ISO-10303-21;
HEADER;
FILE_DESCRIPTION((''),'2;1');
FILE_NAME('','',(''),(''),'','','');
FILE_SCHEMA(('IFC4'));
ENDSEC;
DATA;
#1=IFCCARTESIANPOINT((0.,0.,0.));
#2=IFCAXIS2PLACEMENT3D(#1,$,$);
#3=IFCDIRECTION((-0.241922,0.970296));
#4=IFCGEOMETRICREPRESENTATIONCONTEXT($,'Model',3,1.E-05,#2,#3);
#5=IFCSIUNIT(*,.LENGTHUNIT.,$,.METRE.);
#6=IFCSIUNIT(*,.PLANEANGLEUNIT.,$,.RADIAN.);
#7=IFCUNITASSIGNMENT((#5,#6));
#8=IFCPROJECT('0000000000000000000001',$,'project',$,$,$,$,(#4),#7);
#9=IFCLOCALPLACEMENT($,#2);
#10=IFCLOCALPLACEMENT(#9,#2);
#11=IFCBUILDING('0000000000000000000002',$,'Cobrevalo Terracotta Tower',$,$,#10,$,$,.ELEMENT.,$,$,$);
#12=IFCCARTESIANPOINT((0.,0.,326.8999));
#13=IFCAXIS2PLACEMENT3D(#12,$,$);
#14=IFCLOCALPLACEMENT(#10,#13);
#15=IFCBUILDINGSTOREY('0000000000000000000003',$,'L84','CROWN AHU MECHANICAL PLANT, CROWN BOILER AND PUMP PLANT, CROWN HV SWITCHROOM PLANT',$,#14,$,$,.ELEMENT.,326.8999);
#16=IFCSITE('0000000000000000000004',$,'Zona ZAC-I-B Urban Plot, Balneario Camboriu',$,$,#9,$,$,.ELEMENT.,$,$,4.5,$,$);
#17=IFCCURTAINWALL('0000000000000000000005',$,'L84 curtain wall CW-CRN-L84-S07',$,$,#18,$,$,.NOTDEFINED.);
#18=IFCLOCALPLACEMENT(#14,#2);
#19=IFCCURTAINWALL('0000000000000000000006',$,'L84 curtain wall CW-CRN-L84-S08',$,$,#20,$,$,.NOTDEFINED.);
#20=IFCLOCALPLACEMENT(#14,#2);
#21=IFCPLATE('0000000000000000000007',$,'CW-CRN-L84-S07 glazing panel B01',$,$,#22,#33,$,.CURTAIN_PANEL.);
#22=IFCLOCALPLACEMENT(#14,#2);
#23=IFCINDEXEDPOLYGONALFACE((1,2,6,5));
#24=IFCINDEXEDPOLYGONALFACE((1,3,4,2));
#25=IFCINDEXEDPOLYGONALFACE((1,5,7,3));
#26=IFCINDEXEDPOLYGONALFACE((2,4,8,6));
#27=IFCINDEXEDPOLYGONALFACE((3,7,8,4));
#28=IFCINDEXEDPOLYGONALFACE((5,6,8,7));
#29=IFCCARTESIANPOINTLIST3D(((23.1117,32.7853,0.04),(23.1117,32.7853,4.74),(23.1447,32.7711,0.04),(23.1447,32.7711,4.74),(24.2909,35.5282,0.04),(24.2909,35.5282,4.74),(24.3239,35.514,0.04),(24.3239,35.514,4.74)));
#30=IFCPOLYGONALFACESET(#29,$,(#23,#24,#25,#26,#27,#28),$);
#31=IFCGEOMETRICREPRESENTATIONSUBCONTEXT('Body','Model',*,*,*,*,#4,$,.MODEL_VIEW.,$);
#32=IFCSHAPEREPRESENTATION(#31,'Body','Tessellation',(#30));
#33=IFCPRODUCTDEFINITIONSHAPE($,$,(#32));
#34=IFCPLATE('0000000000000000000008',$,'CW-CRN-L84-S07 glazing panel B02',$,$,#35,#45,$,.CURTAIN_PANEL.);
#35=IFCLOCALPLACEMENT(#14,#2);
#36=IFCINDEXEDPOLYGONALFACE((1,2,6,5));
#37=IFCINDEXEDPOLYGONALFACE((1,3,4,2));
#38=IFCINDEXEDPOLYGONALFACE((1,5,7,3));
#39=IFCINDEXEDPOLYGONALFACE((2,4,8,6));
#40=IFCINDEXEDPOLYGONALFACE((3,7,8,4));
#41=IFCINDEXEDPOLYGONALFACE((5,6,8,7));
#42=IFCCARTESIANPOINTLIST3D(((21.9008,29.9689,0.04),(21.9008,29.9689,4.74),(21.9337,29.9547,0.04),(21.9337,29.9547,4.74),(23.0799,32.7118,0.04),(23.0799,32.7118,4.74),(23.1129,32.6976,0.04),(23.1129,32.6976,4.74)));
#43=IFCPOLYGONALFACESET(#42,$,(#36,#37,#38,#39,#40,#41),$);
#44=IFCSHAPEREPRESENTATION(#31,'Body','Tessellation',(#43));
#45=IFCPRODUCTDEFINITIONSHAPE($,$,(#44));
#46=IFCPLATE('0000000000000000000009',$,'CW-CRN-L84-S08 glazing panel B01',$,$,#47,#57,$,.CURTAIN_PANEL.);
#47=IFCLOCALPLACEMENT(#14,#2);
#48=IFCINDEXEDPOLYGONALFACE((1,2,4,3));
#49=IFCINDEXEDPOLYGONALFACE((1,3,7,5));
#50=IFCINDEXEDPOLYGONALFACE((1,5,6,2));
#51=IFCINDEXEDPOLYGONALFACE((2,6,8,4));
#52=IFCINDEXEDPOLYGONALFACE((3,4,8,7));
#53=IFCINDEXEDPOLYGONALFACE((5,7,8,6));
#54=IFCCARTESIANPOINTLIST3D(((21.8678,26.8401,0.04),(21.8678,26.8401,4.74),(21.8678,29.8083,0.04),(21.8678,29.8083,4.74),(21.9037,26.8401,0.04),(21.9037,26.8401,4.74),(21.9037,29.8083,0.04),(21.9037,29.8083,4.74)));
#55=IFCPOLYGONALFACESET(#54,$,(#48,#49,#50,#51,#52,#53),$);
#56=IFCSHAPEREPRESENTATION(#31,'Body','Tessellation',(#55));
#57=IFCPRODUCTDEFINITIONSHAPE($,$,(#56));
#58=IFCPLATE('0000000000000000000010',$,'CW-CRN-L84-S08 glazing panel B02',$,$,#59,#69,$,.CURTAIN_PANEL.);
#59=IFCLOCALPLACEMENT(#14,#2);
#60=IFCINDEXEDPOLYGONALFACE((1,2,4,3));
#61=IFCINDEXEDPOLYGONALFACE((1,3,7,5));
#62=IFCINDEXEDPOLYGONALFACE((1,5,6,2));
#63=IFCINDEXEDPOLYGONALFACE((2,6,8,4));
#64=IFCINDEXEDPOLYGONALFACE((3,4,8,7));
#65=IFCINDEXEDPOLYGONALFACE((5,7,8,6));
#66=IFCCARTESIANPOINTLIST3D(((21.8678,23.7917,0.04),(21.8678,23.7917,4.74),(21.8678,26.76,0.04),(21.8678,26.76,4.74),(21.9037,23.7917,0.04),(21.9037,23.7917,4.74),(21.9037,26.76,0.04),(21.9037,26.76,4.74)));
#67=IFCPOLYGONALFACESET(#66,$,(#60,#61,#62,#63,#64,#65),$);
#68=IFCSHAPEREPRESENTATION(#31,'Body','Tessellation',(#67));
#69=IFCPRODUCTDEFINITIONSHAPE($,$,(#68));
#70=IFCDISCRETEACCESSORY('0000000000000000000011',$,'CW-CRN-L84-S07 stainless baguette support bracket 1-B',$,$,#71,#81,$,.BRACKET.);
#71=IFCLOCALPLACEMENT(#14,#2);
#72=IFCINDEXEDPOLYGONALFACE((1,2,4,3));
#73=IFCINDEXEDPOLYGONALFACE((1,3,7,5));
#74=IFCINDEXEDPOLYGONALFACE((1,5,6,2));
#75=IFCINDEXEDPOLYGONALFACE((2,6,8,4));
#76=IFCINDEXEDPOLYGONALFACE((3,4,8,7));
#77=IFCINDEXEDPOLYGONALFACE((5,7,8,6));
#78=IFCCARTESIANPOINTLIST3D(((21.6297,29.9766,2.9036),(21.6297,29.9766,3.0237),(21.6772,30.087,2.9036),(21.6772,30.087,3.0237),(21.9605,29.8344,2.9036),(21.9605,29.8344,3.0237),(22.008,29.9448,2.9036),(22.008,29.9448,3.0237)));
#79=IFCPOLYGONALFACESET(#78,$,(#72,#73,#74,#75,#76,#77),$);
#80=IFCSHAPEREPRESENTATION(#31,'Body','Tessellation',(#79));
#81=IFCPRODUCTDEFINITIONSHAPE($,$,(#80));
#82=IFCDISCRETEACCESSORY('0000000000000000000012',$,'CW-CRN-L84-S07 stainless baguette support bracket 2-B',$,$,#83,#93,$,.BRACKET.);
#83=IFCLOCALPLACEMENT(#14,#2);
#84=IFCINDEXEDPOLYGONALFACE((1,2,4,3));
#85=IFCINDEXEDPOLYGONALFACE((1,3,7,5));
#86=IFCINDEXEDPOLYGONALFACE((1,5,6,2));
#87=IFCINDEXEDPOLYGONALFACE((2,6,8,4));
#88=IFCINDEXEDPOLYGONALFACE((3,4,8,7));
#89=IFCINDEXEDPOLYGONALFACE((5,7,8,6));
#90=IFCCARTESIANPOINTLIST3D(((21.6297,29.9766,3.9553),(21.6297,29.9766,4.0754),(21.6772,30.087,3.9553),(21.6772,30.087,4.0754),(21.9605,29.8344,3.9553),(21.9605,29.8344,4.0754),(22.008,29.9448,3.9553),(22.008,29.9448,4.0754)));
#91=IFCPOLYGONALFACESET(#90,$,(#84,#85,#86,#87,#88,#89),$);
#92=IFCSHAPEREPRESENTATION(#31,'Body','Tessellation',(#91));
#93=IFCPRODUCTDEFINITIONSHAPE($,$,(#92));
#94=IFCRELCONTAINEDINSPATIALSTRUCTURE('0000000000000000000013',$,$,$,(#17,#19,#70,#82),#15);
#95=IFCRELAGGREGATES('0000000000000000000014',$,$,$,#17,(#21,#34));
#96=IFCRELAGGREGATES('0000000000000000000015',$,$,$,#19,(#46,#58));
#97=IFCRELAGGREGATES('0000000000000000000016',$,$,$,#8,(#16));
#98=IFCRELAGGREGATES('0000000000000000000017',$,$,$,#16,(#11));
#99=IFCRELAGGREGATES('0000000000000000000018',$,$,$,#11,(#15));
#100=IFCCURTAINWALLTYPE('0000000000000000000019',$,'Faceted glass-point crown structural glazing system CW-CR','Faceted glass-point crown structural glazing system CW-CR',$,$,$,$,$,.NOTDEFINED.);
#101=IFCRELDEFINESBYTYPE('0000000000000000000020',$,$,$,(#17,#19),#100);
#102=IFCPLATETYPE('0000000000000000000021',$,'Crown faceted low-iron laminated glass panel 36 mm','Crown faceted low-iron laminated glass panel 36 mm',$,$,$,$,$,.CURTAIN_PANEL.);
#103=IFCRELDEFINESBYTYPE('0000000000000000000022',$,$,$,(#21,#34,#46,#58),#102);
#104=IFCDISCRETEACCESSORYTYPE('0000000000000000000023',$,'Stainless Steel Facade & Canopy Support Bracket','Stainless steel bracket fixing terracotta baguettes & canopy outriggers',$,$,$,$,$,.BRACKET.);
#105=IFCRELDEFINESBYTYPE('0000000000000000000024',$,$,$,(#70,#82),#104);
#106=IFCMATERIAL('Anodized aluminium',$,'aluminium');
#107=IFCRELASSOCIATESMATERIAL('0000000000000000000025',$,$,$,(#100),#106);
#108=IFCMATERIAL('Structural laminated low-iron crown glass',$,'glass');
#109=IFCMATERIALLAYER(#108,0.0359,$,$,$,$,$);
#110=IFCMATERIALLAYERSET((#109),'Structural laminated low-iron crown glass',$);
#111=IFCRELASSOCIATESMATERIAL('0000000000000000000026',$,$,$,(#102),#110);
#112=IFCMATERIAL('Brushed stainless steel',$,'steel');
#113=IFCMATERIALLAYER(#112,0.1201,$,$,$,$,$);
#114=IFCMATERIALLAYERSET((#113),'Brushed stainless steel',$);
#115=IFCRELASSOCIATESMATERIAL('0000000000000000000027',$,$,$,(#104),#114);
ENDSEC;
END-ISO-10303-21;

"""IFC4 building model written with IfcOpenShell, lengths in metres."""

from ifc_helpers import new_model, si_unit, direction, frame, origin, origin_2d, place, context, subcontext, project, spatial, rectangle, extrude, source, transform, mapped, material, layer, layer_set, type_object, element, aggregate, save


model = new_model("IFC4")

# Units and contexts
model_context = context("Model", 3, precision=1e-05, world=origin(), true_north=direction((-0.241922, 0.970296)))
body_context = subcontext(model_context, "Body", "Model", "MODEL_VIEW")
ifc_project = project(units=[si_unit("LENGTHUNIT", "METRE"), si_unit("PLANEANGLEUNIT", "RADIAN")], contexts=[model_context])

# Site, building, storey
site_placement = place(None, origin())
site = spatial("IfcSite", under=ifc_project, at=site_placement, Name="Zona ZAC-I-B Urban Plot, Balneario Camboriu", CompositionType="ELEMENT", RefElevation=4.5)
building_placement = place(site_placement, origin())
building = spatial("IfcBuilding", under=site, at=building_placement, Name="Cobrevalo Terracotta Tower", CompositionType="ELEMENT")
storey_placement = place(building_placement, frame((0.0, 0.0, 326.8999)))
storey = spatial("IfcBuildingStorey", under=building, at=storey_placement, Name="L84", Description="CROWN AHU MECHANICAL PLANT, CROWN BOILER AND PUMP PLANT, CROWN HV SWITCHROOM PLANT", CompositionType="ELEMENT", Elevation=326.8999)

# Curtain walls
ifc_material_1 = material(Name="Anodized aluminium", Category="aluminium")
curtain_wall_type = type_object("IfcCurtainWallType", Name="Faceted glass-point crown structural glazing system CW-CR", Description="Faceted glass-point crown structural glazing system CW-CR", PredefinedType="NOTDEFINED", material=ifc_material_1)
curtain_wall_1_placement = place(storey_placement, origin())
curtain_wall_1 = element("IfcCurtainWall", 1, at=curtain_wall_1_placement, inside=storey, type_object=curtain_wall_type, Name="L84 curtain wall CW-CRN-L84-S07", PredefinedType="NOTDEFINED")
curtain_wall_2_placement = place(storey_placement, origin())
curtain_wall_2 = element("IfcCurtainWall", 2, at=curtain_wall_2_placement, inside=storey, type_object=curtain_wall_type, Name="L84 curtain wall CW-CRN-L84-S08", PredefinedType="NOTDEFINED")

# Plates
ifc_material_2 = material(Name="Structural laminated low-iron crown glass", Category="glass")
ifc_layer_1 = layer(ifc_material_2, 0.0359)
ifc_layer_set_1 = layer_set([ifc_layer_1], Name="Structural laminated low-iron crown glass")
plate_type = type_object("IfcPlateType", Name="Crown faceted low-iron laminated glass panel 36 mm", Description="Crown faceted low-iron laminated glass panel 36 mm", PredefinedType="CURTAIN_PANEL", material=ifc_layer_set_1)
shared_shape_1 = source(origin(), body_context, "Body", "SweptSolid", [
    extrude(rectangle(XDim=2.9856, YDim=0.0359, at=origin_2d()), origin(), (0.0, 0.0, 1.0), 4.7),
])
plate_1_placement = place(storey_placement, frame((23.7178, 34.1497, 0.04), z_axis=(0.0, 0.0, 1.0), x_axis=(-0.39496, -0.918698, 0.0)))
plate_1 = element("IfcPlate", 3, at=plate_1_placement, type_object=plate_type, Name="CW-CRN-L84-S07 glazing panel B01", PredefinedType="CURTAIN_PANEL", context=body_context, shape_type="MappedRepresentation", body=[
    mapped(shared_shape_1, transform((0.0, 0.0, 0.0), scale=1.0)),
])
plate_2_placement = place(storey_placement, frame((22.5068, 31.3333, 0.04), z_axis=(0.0, 0.0, 1.0), x_axis=(-0.39496, -0.918698, 0.0)))
plate_2 = element("IfcPlate", 4, at=plate_2_placement, type_object=plate_type, Name="CW-CRN-L84-S07 glazing panel B02", PredefinedType="CURTAIN_PANEL", context=body_context, shape_type="MappedRepresentation", body=[
    mapped(shared_shape_1, transform((0.0, 0.0, 0.0), scale=1.0)),
])
aggregate(curtain_wall_1, [plate_1, plate_2])
shared_shape_2 = source(origin(), body_context, "Body", "SweptSolid", [
    extrude(rectangle(XDim=2.9683, YDim=0.0359, at=origin_2d()), origin(), (0.0, 0.0, 1.0), 4.7),
])
plate_3_placement = place(storey_placement, frame((21.8857, 28.3242, 0.04), z_axis=(0.0, 0.0, 1.0), x_axis=(0.0, -1.0, 0.0)))
plate_3 = element("IfcPlate", 5, at=plate_3_placement, type_object=plate_type, Name="CW-CRN-L84-S08 glazing panel B01", PredefinedType="CURTAIN_PANEL", context=body_context, shape_type="MappedRepresentation", body=[
    mapped(shared_shape_2, transform((0.0, 0.0, 0.0), scale=1.0)),
])
plate_4_placement = place(storey_placement, frame((21.8857, 25.2759, 0.04), z_axis=(0.0, 0.0, 1.0), x_axis=(0.0, -1.0, 0.0)))
plate_4 = element("IfcPlate", 6, at=plate_4_placement, type_object=plate_type, Name="CW-CRN-L84-S08 glazing panel B02", PredefinedType="CURTAIN_PANEL", context=body_context, shape_type="MappedRepresentation", body=[
    mapped(shared_shape_2, transform((0.0, 0.0, 0.0), scale=1.0)),
])
aggregate(curtain_wall_2, [plate_3, plate_4])

# Discrete accessories
ifc_material_3 = material(Name="Brushed stainless steel", Category="steel")
ifc_layer_2 = layer(ifc_material_3, 0.1201)
ifc_layer_set_2 = layer_set([ifc_layer_2], Name="Brushed stainless steel")
discrete_accessory_type = type_object("IfcDiscreteAccessoryType", Name="Stainless Steel Facade & Canopy Support Bracket", Description="Stainless steel bracket fixing terracotta baguettes & canopy outriggers", PredefinedType="BRACKET", material=ifc_layer_set_2)
shared_shape_3 = source(origin(), body_context, "Body", "SweptSolid", [
    extrude(rectangle(XDim=0.1201, YDim=0.3601, at=origin_2d()), origin(), (0.0, 0.0, 1.0), 0.1201),
])
for number, where, z_axis, x_axis, name in (
    (7, (21.8188, 29.9607, 2.9036), (0.0, 0.0, 1.0), (-0.39496, -0.918698, 0.0), "CW-CRN-L84-S07 stainless baguette support bracket 1-B"),
    (8, (21.8188, 29.9607, 3.9553), (0.0, 0.0, 1.0), (-0.39496, -0.918698, 0.0), "CW-CRN-L84-S07 stainless baguette support bracket 2-B"),
):
    element("IfcDiscreteAccessory", number, at=place(storey_placement, frame(where, z_axis=z_axis, x_axis=x_axis)), inside=storey, type_object=discrete_accessory_type, Name=name, PredefinedType="BRACKET", context=body_context, shape_type="MappedRepresentation", body=[
        mapped(shared_shape_3, transform((0.0, 0.0, 0.0), scale=1.0)),
    ])

save(model, "model.ifc")
